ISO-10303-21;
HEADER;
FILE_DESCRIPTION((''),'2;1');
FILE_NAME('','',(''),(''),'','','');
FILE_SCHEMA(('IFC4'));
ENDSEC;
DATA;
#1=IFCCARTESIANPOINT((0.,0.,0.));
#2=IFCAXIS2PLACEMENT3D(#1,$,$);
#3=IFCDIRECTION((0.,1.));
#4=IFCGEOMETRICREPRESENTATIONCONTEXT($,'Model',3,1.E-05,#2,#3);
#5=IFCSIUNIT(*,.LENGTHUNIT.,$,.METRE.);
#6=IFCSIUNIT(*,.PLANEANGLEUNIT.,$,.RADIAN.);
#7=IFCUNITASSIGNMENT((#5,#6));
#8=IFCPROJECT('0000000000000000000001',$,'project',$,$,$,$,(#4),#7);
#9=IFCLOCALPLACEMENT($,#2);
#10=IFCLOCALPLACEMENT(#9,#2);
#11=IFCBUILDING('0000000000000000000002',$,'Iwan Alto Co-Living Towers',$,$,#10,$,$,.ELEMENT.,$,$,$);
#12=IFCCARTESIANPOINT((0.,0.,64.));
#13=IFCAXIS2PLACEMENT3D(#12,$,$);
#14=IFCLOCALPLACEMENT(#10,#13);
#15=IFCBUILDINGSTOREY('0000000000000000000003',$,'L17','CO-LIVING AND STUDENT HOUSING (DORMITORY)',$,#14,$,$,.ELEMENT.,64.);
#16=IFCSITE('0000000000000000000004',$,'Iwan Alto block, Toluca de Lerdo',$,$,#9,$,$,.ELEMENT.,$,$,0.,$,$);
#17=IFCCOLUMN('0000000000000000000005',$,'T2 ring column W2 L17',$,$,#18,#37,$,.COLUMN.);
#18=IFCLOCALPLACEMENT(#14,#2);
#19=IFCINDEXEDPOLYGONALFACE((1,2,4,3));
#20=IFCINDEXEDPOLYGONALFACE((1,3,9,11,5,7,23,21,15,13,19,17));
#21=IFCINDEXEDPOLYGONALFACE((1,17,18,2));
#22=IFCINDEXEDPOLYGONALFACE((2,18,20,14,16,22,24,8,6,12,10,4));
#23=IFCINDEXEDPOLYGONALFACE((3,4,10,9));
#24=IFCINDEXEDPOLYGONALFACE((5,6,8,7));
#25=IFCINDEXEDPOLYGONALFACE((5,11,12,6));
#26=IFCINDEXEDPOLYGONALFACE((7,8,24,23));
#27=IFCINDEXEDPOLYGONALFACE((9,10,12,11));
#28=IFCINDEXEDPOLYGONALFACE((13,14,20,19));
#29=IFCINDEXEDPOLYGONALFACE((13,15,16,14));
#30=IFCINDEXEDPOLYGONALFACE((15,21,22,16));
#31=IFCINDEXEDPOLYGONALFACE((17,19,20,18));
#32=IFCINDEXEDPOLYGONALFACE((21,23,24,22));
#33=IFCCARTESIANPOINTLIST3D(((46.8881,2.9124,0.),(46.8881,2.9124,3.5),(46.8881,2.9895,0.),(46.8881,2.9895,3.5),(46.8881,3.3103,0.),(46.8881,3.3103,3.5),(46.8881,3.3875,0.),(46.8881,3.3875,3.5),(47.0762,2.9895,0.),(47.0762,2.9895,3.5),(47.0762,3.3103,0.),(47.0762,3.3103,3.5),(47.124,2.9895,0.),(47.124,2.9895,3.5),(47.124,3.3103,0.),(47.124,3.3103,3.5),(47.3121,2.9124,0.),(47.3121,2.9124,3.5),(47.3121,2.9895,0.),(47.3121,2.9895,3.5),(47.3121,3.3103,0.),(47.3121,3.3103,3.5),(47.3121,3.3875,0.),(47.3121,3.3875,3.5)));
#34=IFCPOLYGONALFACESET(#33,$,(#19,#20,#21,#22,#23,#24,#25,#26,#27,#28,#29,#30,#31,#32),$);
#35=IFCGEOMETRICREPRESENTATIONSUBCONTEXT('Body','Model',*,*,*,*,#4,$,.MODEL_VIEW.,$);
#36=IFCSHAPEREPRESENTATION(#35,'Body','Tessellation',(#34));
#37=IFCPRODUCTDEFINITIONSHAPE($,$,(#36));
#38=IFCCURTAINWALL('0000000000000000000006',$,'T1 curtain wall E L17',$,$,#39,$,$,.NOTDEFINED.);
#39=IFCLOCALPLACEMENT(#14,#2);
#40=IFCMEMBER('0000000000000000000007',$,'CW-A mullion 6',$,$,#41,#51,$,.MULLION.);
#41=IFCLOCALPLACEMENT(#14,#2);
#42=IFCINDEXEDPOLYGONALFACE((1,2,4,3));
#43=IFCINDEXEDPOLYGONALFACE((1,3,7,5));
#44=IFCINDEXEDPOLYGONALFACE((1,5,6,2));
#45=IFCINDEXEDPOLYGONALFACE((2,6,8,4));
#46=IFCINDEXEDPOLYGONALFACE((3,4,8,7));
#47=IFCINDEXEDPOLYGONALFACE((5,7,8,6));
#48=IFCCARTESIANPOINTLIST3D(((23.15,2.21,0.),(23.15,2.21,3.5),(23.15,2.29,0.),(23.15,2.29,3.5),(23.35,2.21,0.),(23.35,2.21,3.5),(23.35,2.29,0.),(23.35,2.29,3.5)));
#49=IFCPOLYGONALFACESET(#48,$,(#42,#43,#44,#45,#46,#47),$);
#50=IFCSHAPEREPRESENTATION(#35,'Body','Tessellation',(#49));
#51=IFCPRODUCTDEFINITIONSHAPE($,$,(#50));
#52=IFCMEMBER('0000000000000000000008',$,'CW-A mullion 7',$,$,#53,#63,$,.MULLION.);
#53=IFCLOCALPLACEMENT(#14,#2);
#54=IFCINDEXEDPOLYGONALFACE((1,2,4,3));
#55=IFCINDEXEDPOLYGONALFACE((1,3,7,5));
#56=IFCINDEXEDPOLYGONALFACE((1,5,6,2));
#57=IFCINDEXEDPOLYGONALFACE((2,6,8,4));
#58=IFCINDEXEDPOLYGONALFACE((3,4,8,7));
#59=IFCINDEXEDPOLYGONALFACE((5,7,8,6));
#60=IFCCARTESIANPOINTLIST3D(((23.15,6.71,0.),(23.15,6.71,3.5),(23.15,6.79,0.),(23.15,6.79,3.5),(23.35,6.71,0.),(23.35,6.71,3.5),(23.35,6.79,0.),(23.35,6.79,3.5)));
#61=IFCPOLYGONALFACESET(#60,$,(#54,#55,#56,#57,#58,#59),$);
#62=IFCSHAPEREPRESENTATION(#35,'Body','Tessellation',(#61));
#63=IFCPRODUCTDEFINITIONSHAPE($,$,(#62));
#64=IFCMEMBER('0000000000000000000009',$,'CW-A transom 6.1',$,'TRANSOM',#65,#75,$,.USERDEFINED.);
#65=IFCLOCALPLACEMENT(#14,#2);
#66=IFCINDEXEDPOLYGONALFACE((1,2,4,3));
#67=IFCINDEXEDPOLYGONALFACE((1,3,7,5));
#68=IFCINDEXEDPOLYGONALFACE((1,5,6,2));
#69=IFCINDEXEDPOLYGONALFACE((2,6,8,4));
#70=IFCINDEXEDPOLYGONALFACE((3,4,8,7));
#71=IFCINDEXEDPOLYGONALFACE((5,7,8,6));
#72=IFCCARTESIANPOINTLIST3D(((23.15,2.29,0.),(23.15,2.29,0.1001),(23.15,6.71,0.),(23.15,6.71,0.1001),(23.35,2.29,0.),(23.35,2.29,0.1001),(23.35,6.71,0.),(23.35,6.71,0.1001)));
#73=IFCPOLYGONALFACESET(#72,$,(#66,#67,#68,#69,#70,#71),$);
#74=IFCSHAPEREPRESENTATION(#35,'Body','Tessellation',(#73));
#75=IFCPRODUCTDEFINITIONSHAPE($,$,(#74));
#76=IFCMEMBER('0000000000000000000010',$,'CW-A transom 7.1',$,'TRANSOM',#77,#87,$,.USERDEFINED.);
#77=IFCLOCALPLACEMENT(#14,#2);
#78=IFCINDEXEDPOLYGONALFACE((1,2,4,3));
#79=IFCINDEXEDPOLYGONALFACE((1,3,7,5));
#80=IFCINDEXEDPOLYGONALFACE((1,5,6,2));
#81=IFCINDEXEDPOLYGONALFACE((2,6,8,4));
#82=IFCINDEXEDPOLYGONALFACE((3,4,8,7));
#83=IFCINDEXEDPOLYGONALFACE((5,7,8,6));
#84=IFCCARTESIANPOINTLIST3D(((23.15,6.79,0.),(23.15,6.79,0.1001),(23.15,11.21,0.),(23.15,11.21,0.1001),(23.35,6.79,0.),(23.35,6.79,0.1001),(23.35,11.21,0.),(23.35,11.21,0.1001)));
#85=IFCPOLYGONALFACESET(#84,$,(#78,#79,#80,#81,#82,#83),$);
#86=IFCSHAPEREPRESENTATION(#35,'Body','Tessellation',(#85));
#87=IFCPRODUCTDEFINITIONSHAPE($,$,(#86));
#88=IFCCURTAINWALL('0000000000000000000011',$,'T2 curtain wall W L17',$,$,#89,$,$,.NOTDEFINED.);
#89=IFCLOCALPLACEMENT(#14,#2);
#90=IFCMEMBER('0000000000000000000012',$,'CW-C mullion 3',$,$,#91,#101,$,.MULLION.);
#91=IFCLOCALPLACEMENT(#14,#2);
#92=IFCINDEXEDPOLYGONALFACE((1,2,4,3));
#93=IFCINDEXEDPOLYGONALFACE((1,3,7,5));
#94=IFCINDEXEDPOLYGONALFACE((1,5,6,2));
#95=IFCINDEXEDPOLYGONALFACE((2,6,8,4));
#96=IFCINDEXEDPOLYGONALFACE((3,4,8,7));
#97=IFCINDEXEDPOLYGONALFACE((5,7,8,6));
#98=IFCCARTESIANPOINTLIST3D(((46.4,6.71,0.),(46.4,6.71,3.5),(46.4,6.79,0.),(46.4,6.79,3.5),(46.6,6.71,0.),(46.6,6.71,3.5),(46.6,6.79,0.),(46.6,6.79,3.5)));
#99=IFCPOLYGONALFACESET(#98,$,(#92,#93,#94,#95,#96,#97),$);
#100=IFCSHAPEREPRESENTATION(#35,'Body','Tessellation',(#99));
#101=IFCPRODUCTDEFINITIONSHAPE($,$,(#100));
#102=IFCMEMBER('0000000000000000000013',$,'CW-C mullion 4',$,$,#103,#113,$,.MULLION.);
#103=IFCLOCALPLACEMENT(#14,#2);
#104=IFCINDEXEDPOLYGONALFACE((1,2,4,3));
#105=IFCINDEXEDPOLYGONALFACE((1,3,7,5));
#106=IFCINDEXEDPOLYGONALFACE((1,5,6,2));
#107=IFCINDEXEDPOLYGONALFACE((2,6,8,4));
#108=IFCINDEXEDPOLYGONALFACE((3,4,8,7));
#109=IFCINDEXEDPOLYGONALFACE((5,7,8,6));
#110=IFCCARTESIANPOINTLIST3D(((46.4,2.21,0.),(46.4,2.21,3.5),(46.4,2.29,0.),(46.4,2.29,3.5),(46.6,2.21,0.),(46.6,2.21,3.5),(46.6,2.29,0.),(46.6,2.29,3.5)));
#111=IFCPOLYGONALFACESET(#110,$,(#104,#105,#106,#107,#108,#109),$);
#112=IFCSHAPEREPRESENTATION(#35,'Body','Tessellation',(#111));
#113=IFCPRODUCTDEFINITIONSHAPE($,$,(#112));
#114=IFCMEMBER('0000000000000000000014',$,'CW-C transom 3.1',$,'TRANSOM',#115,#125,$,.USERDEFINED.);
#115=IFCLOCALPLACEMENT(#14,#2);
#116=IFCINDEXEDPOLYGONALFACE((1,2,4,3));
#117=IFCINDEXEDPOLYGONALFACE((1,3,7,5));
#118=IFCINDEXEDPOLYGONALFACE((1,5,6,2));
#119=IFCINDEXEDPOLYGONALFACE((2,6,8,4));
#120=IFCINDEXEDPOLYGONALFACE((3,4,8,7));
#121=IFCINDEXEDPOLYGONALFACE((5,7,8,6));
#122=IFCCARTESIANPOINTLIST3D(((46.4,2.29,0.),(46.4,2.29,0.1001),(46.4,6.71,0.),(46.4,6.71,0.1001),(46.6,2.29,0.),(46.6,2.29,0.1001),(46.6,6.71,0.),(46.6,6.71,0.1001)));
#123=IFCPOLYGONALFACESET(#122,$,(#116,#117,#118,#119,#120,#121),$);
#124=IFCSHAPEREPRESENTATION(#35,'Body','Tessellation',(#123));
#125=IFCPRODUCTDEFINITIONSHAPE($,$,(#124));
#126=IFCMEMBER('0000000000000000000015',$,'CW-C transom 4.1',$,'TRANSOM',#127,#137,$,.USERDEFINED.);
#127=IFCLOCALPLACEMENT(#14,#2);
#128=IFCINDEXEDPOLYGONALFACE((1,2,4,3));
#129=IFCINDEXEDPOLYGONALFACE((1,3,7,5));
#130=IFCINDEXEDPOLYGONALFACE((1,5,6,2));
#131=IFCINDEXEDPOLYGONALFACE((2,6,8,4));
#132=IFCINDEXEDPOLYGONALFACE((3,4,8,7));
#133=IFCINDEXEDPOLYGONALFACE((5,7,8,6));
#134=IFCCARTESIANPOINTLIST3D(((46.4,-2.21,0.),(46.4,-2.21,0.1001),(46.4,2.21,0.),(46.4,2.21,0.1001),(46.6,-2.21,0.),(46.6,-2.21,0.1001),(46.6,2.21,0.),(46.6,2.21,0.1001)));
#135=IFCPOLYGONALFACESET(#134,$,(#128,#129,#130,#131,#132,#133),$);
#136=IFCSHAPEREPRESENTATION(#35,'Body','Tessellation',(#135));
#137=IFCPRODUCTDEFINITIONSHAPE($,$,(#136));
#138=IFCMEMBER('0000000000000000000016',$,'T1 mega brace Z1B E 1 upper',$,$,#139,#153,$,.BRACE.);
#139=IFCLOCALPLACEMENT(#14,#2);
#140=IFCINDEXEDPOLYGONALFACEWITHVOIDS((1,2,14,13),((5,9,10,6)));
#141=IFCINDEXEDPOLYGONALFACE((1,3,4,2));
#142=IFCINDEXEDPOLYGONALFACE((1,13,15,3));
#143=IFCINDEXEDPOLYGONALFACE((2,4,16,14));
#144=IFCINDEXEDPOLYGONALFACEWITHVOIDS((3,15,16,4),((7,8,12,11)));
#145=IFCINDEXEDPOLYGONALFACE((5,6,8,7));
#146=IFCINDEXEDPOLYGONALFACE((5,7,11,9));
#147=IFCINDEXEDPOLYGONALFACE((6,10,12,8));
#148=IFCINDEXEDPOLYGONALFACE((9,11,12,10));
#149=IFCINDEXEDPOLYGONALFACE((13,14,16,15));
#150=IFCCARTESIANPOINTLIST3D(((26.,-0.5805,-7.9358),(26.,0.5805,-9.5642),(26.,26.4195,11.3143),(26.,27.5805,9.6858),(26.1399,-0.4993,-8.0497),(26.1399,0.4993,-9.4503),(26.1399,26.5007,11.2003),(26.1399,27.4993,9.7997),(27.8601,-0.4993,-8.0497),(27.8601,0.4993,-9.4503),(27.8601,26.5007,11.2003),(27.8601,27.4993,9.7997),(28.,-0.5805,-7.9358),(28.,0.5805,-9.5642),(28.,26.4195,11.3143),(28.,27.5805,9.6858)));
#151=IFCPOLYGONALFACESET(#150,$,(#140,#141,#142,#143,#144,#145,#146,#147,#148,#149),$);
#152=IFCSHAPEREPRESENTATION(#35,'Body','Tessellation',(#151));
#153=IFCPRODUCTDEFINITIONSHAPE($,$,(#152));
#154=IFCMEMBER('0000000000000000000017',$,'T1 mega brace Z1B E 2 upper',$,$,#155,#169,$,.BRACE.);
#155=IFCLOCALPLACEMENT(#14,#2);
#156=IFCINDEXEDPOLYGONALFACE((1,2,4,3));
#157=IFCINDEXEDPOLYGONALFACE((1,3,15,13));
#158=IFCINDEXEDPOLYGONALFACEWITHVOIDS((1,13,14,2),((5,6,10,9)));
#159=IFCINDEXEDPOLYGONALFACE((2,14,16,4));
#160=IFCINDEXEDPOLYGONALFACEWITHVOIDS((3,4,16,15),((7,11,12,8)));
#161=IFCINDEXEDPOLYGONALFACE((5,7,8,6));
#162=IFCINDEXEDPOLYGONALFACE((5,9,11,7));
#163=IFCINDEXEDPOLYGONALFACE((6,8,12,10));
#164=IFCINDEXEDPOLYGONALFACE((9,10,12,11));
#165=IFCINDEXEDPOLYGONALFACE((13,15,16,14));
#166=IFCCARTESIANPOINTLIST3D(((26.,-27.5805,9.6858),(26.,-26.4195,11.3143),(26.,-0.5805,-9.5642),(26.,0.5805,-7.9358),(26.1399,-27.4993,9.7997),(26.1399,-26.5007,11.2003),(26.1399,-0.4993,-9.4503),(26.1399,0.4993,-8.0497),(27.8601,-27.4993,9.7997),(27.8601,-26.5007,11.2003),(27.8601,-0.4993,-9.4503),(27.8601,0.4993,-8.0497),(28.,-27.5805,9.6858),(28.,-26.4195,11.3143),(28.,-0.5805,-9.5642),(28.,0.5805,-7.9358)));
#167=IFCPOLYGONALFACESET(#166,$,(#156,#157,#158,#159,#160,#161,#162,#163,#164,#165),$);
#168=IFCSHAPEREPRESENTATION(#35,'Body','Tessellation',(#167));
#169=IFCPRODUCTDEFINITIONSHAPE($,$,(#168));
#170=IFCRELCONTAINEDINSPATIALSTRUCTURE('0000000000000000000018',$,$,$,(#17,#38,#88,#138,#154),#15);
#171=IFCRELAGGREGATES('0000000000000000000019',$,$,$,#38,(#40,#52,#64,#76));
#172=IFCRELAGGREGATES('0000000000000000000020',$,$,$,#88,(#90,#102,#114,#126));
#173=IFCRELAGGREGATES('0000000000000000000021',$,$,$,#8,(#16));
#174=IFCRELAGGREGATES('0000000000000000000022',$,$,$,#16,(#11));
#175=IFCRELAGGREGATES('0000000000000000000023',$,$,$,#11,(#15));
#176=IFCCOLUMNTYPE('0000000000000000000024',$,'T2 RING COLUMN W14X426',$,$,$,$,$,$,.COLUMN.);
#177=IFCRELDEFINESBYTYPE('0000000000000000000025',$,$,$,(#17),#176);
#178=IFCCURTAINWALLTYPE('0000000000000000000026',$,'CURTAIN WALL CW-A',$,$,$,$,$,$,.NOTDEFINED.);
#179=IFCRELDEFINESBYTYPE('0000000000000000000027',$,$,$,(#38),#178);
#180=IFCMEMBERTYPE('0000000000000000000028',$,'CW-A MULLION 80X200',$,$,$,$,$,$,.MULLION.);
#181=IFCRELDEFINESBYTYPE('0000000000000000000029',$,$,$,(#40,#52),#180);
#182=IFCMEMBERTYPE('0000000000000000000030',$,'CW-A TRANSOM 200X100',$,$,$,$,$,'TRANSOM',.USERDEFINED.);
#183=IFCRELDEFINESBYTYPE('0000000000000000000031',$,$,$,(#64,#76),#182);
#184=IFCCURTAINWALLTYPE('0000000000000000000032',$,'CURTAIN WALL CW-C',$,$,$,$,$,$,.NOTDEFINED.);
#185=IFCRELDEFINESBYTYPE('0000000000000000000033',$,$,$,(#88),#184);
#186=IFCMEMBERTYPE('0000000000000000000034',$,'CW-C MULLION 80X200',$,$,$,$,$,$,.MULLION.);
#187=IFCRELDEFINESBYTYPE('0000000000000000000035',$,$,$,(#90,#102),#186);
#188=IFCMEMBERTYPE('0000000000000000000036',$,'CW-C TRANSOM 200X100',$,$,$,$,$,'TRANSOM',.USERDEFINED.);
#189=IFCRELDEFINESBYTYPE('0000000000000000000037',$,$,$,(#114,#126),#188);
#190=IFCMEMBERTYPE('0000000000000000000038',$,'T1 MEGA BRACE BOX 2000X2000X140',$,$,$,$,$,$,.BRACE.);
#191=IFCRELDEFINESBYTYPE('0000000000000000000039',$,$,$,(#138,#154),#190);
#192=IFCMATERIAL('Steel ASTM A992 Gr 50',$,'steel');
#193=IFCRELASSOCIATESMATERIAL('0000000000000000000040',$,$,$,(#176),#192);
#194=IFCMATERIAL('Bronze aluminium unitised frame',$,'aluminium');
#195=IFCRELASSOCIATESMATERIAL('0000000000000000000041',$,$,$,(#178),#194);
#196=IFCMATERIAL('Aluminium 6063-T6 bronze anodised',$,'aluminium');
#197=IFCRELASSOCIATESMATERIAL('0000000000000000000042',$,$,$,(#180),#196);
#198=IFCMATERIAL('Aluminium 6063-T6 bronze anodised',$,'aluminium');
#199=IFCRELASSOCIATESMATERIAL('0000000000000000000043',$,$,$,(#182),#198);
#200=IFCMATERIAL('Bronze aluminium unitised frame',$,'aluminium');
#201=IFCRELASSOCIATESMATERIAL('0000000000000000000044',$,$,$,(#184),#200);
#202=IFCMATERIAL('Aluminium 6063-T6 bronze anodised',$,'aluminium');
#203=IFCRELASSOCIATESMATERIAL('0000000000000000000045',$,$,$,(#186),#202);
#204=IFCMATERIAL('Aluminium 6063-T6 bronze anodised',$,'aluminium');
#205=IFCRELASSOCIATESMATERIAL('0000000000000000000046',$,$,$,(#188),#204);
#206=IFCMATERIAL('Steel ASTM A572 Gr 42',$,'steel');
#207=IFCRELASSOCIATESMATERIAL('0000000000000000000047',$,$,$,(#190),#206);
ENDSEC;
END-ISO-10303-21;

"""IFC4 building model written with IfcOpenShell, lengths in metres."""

from ifc_helpers import new_model, si_unit, direction, frame, origin, origin_2d, place, context, subcontext, project, spatial, rectangle, hollow_rectangle, i_section, extrude, material, material_profile, profile_set, type_object, element, aggregate, save


model = new_model("IFC4")

# Units and contexts
model_context = context("Model", 3, precision=1e-05, world=origin(), true_north=direction((0.0, 1.0)))
body_context = subcontext(model_context, "Body", "Model", "MODEL_VIEW")
ifc_project = project(units=[si_unit("LENGTHUNIT", "METRE"), si_unit("PLANEANGLEUNIT", "RADIAN")], contexts=[model_context])

# Site, building, storey
site_placement = place(None, origin())
site = spatial("IfcSite", under=ifc_project, at=site_placement, Name="Iwan Alto block, Toluca de Lerdo", CompositionType="ELEMENT", RefElevation=0.0)
building_placement = place(site_placement, origin())
building = spatial("IfcBuilding", under=site, at=building_placement, Name="Iwan Alto Co-Living Towers", CompositionType="ELEMENT")
storey_placement = place(building_placement, frame((0.0, 0.0, 64.0)))
storey = spatial("IfcBuildingStorey", under=building, at=storey_placement, Name="L17", Description="CO-LIVING AND STUDENT HOUSING (DORMITORY)", CompositionType="ELEMENT", Elevation=64.0)

# Column
ifc_material_1 = material(Name="Steel ASTM A992 Gr 50", Category="steel")
ifc_material_profile_1 = material_profile(ifc_material_1, i_section(OverallWidth=0.4241, OverallDepth=0.4751, WebThickness=0.0479, FlangeThickness=0.0771, at=origin_2d()), Name="W14X426")
ifc_profile_set_1 = profile_set([ifc_material_profile_1], Name="Steel ASTM A992 Gr 50")
column_type = type_object("IfcColumnType", Name="T2 RING COLUMN W14X426", PredefinedType="COLUMN", material=ifc_profile_set_1)
column_placement = place(storey_placement, frame((47.1001, 3.1499, 0.0), z_axis=(0.0, 0.0, 1.0), x_axis=(1.0, 0.0, 0.0)))
element("IfcColumn", 1, at=column_placement, inside=storey, type_object=column_type, Name="T2 ring column W2 L17", PredefinedType="COLUMN", context=body_context, shape_type="SweptSolid", body=[
    extrude(i_section(OverallWidth=0.4241, OverallDepth=0.4751, WebThickness=0.0479, FlangeThickness=0.0771, at=origin_2d()), origin(), (0.0, 0.0, 1.0), 3.5),
])

# Curtain walls, members
ifc_material_2 = material(Name="Bronze aluminium unitised frame", Category="aluminium")
curtain_wall_type_1 = type_object("IfcCurtainWallType", Name="CURTAIN WALL CW-A", PredefinedType="NOTDEFINED", material=ifc_material_2)
curtain_wall_1_placement = place(storey_placement, origin())
curtain_wall_1 = element("IfcCurtainWall", 2, at=curtain_wall_1_placement, inside=storey, type_object=curtain_wall_type_1, Name="T1 curtain wall E L17", PredefinedType="NOTDEFINED")
ifc_material_3 = material(Name="Aluminium 6063-T6 bronze anodised", Category="aluminium")
ifc_material_profile_2 = material_profile(ifc_material_3, rectangle(XDim=0.2, YDim=0.0801, at=origin_2d()), Name="AL 80X200")
ifc_profile_set_2 = profile_set([ifc_material_profile_2], Name="Aluminium 6063-T6 bronze anodised")
member_type_1 = type_object("IfcMemberType", Name="CW-A MULLION 80X200", PredefinedType="MULLION", material=ifc_profile_set_2)
member_1_placement = place(storey_placement, frame((23.25, 2.25, 0.0), z_axis=(0.0, 0.0, 1.0), x_axis=(-1.0, 0.0, 0.0)))
member_1 = element("IfcMember", 3, at=member_1_placement, type_object=member_type_1, Name="CW-A mullion 6", PredefinedType="MULLION", context=body_context, shape_type="SweptSolid", body=[
    extrude(rectangle(XDim=0.2, YDim=0.0801, at=origin_2d()), origin(), (0.0, 0.0, 1.0), 3.5),
])
member_2_placement = place(storey_placement, frame((23.25, 6.75, 0.0), z_axis=(0.0, 0.0, 1.0), x_axis=(-1.0, 0.0, 0.0)))
member_2 = element("IfcMember", 4, at=member_2_placement, type_object=member_type_1, Name="CW-A mullion 7", PredefinedType="MULLION", context=body_context, shape_type="SweptSolid", body=[
    extrude(rectangle(XDim=0.2, YDim=0.0801, at=origin_2d()), origin(), (0.0, 0.0, 1.0), 3.5),
])
ifc_material_4 = material(Name="Aluminium 6063-T6 bronze anodised", Category="aluminium")
ifc_material_profile_3 = material_profile(ifc_material_4, rectangle(XDim=0.2, YDim=0.1001, at=origin_2d()), Name="AL 200X100")
ifc_profile_set_3 = profile_set([ifc_material_profile_3], Name="Aluminium 6063-T6 bronze anodised")
member_type_2 = type_object("IfcMemberType", Name="CW-A TRANSOM 200X100", ElementType="TRANSOM", PredefinedType="USERDEFINED", material=ifc_profile_set_3)
member_3_placement = place(storey_placement, frame((23.25, 2.29, 0.05), z_axis=(0.0, 1.0, 0.0), x_axis=(-1.0, 0.0, 0.0)))
member_3 = element("IfcMember", 5, at=member_3_placement, type_object=member_type_2, Name="CW-A transom 6.1", ObjectType="TRANSOM", PredefinedType="USERDEFINED", context=body_context, shape_type="SweptSolid", body=[
    extrude(rectangle(XDim=0.2, YDim=0.1001, at=origin_2d()), origin(), (0.0, 0.0, 1.0), 4.4199),
])
member_4_placement = place(storey_placement, frame((23.25, 6.79, 0.05), z_axis=(0.0, 1.0, 0.0), x_axis=(-1.0, 0.0, 0.0)))
member_4 = element("IfcMember", 6, at=member_4_placement, type_object=member_type_2, Name="CW-A transom 7.1", ObjectType="TRANSOM", PredefinedType="USERDEFINED", context=body_context, shape_type="SweptSolid", body=[
    extrude(rectangle(XDim=0.2, YDim=0.1001, at=origin_2d()), origin(), (0.0, 0.0, 1.0), 4.4199),
])
ifc_material_5 = material(Name="Bronze aluminium unitised frame", Category="aluminium")
curtain_wall_type_2 = type_object("IfcCurtainWallType", Name="CURTAIN WALL CW-C", PredefinedType="NOTDEFINED", material=ifc_material_5)
curtain_wall_2_placement = place(storey_placement, origin())
curtain_wall_2 = element("IfcCurtainWall", 7, at=curtain_wall_2_placement, inside=storey, type_object=curtain_wall_type_2, Name="T2 curtain wall W L17", PredefinedType="NOTDEFINED")
ifc_material_6 = material(Name="Aluminium 6063-T6 bronze anodised", Category="aluminium")
ifc_material_profile_4 = material_profile(ifc_material_6, rectangle(XDim=0.2, YDim=0.0801, at=origin_2d()), Name="AL 80X200")
ifc_profile_set_4 = profile_set([ifc_material_profile_4], Name="Aluminium 6063-T6 bronze anodised")
member_type_3 = type_object("IfcMemberType", Name="CW-C MULLION 80X200", PredefinedType="MULLION", material=ifc_profile_set_4)
member_5_placement = place(storey_placement, frame((46.5, 6.75, 0.0), z_axis=(0.0, 0.0, 1.0), x_axis=(1.0, 0.0, 0.0)))
member_5 = element("IfcMember", 8, at=member_5_placement, type_object=member_type_3, Name="CW-C mullion 3", PredefinedType="MULLION", context=body_context, shape_type="SweptSolid", body=[
    extrude(rectangle(XDim=0.2, YDim=0.0801, at=origin_2d()), origin(), (0.0, 0.0, 1.0), 3.5),
])
member_6_placement = place(storey_placement, frame((46.5, 2.25, 0.0), z_axis=(0.0, 0.0, 1.0), x_axis=(1.0, 0.0, 0.0)))
member_6 = element("IfcMember", 9, at=member_6_placement, type_object=member_type_3, Name="CW-C mullion 4", PredefinedType="MULLION", context=body_context, shape_type="SweptSolid", body=[
    extrude(rectangle(XDim=0.2, YDim=0.0801, at=origin_2d()), origin(), (0.0, 0.0, 1.0), 3.5),
])
ifc_material_7 = material(Name="Aluminium 6063-T6 bronze anodised", Category="aluminium")
ifc_material_profile_5 = material_profile(ifc_material_7, rectangle(XDim=0.2, YDim=0.1001, at=origin_2d()), Name="AL 200X100")
ifc_profile_set_5 = profile_set([ifc_material_profile_5], Name="Aluminium 6063-T6 bronze anodised")
member_type_4 = type_object("IfcMemberType", Name="CW-C TRANSOM 200X100", ElementType="TRANSOM", PredefinedType="USERDEFINED", material=ifc_profile_set_5)
member_7_placement = place(storey_placement, frame((46.5, 6.71, 0.05), z_axis=(0.0, -1.0, 0.0), x_axis=(1.0, 0.0, 0.0)))
member_7 = element("IfcMember", 10, at=member_7_placement, type_object=member_type_4, Name="CW-C transom 3.1", ObjectType="TRANSOM", PredefinedType="USERDEFINED", context=body_context, shape_type="SweptSolid", body=[
    extrude(rectangle(XDim=0.2, YDim=0.1001, at=origin_2d()), origin(), (0.0, 0.0, 1.0), 4.4199),
])
member_8_placement = place(storey_placement, frame((46.5, 2.21, 0.05), z_axis=(0.0, -1.0, 0.0), x_axis=(1.0, 0.0, 0.0)))
member_8 = element("IfcMember", 11, at=member_8_placement, type_object=member_type_4, Name="CW-C transom 4.1", ObjectType="TRANSOM", PredefinedType="USERDEFINED", context=body_context, shape_type="SweptSolid", body=[
    extrude(rectangle(XDim=0.2, YDim=0.1001, at=origin_2d()), origin(), (0.0, 0.0, 1.0), 4.4199),
])

# Members
ifc_material_8 = material(Name="Steel ASTM A572 Gr 42", Category="steel")
ifc_material_profile_6 = material_profile(ifc_material_8, hollow_rectangle(XDim=2.0, YDim=2.0, WallThickness=0.1399, at=origin_2d()), Name="BOX 2000X2000X140")
ifc_profile_set_6 = profile_set([ifc_material_profile_6], Name="Steel ASTM A572 Gr 42")
member_type_5 = type_object("IfcMemberType", Name="T1 MEGA BRACE BOX 2000X2000X140", PredefinedType="BRACE", material=ifc_profile_set_6)
for number, where, z_axis, x_axis, name in (
    (12, (27.0, 0.0, -8.75), (0.0, 0.814243, 0.580525), (-1.0, 0.0, 0.0), "T1 mega brace Z1B E 1 upper"),
    (13, (27.0, 0.0, -8.75), (0.0, -0.814243, 0.580525), (1.0, 0.0, 0.0), "T1 mega brace Z1B E 2 upper"),
):
    element("IfcMember", number, at=place(storey_placement, frame(where, z_axis=z_axis, x_axis=x_axis)), inside=storey, type_object=member_type_5, Name=name, PredefinedType="BRACE", context=body_context, shape_type="SweptSolid", body=[
        extrude(hollow_rectangle(XDim=2.0, YDim=2.0, WallThickness=0.1399, at=origin_2d()), origin(), (0.0, 0.0, 1.0), 33.1597),
    ])

aggregate(curtain_wall_1, [member_1, member_2, member_3, member_4])
aggregate(curtain_wall_2, [member_5, member_6, member_7, member_8])

save(model, "model.ifc")
